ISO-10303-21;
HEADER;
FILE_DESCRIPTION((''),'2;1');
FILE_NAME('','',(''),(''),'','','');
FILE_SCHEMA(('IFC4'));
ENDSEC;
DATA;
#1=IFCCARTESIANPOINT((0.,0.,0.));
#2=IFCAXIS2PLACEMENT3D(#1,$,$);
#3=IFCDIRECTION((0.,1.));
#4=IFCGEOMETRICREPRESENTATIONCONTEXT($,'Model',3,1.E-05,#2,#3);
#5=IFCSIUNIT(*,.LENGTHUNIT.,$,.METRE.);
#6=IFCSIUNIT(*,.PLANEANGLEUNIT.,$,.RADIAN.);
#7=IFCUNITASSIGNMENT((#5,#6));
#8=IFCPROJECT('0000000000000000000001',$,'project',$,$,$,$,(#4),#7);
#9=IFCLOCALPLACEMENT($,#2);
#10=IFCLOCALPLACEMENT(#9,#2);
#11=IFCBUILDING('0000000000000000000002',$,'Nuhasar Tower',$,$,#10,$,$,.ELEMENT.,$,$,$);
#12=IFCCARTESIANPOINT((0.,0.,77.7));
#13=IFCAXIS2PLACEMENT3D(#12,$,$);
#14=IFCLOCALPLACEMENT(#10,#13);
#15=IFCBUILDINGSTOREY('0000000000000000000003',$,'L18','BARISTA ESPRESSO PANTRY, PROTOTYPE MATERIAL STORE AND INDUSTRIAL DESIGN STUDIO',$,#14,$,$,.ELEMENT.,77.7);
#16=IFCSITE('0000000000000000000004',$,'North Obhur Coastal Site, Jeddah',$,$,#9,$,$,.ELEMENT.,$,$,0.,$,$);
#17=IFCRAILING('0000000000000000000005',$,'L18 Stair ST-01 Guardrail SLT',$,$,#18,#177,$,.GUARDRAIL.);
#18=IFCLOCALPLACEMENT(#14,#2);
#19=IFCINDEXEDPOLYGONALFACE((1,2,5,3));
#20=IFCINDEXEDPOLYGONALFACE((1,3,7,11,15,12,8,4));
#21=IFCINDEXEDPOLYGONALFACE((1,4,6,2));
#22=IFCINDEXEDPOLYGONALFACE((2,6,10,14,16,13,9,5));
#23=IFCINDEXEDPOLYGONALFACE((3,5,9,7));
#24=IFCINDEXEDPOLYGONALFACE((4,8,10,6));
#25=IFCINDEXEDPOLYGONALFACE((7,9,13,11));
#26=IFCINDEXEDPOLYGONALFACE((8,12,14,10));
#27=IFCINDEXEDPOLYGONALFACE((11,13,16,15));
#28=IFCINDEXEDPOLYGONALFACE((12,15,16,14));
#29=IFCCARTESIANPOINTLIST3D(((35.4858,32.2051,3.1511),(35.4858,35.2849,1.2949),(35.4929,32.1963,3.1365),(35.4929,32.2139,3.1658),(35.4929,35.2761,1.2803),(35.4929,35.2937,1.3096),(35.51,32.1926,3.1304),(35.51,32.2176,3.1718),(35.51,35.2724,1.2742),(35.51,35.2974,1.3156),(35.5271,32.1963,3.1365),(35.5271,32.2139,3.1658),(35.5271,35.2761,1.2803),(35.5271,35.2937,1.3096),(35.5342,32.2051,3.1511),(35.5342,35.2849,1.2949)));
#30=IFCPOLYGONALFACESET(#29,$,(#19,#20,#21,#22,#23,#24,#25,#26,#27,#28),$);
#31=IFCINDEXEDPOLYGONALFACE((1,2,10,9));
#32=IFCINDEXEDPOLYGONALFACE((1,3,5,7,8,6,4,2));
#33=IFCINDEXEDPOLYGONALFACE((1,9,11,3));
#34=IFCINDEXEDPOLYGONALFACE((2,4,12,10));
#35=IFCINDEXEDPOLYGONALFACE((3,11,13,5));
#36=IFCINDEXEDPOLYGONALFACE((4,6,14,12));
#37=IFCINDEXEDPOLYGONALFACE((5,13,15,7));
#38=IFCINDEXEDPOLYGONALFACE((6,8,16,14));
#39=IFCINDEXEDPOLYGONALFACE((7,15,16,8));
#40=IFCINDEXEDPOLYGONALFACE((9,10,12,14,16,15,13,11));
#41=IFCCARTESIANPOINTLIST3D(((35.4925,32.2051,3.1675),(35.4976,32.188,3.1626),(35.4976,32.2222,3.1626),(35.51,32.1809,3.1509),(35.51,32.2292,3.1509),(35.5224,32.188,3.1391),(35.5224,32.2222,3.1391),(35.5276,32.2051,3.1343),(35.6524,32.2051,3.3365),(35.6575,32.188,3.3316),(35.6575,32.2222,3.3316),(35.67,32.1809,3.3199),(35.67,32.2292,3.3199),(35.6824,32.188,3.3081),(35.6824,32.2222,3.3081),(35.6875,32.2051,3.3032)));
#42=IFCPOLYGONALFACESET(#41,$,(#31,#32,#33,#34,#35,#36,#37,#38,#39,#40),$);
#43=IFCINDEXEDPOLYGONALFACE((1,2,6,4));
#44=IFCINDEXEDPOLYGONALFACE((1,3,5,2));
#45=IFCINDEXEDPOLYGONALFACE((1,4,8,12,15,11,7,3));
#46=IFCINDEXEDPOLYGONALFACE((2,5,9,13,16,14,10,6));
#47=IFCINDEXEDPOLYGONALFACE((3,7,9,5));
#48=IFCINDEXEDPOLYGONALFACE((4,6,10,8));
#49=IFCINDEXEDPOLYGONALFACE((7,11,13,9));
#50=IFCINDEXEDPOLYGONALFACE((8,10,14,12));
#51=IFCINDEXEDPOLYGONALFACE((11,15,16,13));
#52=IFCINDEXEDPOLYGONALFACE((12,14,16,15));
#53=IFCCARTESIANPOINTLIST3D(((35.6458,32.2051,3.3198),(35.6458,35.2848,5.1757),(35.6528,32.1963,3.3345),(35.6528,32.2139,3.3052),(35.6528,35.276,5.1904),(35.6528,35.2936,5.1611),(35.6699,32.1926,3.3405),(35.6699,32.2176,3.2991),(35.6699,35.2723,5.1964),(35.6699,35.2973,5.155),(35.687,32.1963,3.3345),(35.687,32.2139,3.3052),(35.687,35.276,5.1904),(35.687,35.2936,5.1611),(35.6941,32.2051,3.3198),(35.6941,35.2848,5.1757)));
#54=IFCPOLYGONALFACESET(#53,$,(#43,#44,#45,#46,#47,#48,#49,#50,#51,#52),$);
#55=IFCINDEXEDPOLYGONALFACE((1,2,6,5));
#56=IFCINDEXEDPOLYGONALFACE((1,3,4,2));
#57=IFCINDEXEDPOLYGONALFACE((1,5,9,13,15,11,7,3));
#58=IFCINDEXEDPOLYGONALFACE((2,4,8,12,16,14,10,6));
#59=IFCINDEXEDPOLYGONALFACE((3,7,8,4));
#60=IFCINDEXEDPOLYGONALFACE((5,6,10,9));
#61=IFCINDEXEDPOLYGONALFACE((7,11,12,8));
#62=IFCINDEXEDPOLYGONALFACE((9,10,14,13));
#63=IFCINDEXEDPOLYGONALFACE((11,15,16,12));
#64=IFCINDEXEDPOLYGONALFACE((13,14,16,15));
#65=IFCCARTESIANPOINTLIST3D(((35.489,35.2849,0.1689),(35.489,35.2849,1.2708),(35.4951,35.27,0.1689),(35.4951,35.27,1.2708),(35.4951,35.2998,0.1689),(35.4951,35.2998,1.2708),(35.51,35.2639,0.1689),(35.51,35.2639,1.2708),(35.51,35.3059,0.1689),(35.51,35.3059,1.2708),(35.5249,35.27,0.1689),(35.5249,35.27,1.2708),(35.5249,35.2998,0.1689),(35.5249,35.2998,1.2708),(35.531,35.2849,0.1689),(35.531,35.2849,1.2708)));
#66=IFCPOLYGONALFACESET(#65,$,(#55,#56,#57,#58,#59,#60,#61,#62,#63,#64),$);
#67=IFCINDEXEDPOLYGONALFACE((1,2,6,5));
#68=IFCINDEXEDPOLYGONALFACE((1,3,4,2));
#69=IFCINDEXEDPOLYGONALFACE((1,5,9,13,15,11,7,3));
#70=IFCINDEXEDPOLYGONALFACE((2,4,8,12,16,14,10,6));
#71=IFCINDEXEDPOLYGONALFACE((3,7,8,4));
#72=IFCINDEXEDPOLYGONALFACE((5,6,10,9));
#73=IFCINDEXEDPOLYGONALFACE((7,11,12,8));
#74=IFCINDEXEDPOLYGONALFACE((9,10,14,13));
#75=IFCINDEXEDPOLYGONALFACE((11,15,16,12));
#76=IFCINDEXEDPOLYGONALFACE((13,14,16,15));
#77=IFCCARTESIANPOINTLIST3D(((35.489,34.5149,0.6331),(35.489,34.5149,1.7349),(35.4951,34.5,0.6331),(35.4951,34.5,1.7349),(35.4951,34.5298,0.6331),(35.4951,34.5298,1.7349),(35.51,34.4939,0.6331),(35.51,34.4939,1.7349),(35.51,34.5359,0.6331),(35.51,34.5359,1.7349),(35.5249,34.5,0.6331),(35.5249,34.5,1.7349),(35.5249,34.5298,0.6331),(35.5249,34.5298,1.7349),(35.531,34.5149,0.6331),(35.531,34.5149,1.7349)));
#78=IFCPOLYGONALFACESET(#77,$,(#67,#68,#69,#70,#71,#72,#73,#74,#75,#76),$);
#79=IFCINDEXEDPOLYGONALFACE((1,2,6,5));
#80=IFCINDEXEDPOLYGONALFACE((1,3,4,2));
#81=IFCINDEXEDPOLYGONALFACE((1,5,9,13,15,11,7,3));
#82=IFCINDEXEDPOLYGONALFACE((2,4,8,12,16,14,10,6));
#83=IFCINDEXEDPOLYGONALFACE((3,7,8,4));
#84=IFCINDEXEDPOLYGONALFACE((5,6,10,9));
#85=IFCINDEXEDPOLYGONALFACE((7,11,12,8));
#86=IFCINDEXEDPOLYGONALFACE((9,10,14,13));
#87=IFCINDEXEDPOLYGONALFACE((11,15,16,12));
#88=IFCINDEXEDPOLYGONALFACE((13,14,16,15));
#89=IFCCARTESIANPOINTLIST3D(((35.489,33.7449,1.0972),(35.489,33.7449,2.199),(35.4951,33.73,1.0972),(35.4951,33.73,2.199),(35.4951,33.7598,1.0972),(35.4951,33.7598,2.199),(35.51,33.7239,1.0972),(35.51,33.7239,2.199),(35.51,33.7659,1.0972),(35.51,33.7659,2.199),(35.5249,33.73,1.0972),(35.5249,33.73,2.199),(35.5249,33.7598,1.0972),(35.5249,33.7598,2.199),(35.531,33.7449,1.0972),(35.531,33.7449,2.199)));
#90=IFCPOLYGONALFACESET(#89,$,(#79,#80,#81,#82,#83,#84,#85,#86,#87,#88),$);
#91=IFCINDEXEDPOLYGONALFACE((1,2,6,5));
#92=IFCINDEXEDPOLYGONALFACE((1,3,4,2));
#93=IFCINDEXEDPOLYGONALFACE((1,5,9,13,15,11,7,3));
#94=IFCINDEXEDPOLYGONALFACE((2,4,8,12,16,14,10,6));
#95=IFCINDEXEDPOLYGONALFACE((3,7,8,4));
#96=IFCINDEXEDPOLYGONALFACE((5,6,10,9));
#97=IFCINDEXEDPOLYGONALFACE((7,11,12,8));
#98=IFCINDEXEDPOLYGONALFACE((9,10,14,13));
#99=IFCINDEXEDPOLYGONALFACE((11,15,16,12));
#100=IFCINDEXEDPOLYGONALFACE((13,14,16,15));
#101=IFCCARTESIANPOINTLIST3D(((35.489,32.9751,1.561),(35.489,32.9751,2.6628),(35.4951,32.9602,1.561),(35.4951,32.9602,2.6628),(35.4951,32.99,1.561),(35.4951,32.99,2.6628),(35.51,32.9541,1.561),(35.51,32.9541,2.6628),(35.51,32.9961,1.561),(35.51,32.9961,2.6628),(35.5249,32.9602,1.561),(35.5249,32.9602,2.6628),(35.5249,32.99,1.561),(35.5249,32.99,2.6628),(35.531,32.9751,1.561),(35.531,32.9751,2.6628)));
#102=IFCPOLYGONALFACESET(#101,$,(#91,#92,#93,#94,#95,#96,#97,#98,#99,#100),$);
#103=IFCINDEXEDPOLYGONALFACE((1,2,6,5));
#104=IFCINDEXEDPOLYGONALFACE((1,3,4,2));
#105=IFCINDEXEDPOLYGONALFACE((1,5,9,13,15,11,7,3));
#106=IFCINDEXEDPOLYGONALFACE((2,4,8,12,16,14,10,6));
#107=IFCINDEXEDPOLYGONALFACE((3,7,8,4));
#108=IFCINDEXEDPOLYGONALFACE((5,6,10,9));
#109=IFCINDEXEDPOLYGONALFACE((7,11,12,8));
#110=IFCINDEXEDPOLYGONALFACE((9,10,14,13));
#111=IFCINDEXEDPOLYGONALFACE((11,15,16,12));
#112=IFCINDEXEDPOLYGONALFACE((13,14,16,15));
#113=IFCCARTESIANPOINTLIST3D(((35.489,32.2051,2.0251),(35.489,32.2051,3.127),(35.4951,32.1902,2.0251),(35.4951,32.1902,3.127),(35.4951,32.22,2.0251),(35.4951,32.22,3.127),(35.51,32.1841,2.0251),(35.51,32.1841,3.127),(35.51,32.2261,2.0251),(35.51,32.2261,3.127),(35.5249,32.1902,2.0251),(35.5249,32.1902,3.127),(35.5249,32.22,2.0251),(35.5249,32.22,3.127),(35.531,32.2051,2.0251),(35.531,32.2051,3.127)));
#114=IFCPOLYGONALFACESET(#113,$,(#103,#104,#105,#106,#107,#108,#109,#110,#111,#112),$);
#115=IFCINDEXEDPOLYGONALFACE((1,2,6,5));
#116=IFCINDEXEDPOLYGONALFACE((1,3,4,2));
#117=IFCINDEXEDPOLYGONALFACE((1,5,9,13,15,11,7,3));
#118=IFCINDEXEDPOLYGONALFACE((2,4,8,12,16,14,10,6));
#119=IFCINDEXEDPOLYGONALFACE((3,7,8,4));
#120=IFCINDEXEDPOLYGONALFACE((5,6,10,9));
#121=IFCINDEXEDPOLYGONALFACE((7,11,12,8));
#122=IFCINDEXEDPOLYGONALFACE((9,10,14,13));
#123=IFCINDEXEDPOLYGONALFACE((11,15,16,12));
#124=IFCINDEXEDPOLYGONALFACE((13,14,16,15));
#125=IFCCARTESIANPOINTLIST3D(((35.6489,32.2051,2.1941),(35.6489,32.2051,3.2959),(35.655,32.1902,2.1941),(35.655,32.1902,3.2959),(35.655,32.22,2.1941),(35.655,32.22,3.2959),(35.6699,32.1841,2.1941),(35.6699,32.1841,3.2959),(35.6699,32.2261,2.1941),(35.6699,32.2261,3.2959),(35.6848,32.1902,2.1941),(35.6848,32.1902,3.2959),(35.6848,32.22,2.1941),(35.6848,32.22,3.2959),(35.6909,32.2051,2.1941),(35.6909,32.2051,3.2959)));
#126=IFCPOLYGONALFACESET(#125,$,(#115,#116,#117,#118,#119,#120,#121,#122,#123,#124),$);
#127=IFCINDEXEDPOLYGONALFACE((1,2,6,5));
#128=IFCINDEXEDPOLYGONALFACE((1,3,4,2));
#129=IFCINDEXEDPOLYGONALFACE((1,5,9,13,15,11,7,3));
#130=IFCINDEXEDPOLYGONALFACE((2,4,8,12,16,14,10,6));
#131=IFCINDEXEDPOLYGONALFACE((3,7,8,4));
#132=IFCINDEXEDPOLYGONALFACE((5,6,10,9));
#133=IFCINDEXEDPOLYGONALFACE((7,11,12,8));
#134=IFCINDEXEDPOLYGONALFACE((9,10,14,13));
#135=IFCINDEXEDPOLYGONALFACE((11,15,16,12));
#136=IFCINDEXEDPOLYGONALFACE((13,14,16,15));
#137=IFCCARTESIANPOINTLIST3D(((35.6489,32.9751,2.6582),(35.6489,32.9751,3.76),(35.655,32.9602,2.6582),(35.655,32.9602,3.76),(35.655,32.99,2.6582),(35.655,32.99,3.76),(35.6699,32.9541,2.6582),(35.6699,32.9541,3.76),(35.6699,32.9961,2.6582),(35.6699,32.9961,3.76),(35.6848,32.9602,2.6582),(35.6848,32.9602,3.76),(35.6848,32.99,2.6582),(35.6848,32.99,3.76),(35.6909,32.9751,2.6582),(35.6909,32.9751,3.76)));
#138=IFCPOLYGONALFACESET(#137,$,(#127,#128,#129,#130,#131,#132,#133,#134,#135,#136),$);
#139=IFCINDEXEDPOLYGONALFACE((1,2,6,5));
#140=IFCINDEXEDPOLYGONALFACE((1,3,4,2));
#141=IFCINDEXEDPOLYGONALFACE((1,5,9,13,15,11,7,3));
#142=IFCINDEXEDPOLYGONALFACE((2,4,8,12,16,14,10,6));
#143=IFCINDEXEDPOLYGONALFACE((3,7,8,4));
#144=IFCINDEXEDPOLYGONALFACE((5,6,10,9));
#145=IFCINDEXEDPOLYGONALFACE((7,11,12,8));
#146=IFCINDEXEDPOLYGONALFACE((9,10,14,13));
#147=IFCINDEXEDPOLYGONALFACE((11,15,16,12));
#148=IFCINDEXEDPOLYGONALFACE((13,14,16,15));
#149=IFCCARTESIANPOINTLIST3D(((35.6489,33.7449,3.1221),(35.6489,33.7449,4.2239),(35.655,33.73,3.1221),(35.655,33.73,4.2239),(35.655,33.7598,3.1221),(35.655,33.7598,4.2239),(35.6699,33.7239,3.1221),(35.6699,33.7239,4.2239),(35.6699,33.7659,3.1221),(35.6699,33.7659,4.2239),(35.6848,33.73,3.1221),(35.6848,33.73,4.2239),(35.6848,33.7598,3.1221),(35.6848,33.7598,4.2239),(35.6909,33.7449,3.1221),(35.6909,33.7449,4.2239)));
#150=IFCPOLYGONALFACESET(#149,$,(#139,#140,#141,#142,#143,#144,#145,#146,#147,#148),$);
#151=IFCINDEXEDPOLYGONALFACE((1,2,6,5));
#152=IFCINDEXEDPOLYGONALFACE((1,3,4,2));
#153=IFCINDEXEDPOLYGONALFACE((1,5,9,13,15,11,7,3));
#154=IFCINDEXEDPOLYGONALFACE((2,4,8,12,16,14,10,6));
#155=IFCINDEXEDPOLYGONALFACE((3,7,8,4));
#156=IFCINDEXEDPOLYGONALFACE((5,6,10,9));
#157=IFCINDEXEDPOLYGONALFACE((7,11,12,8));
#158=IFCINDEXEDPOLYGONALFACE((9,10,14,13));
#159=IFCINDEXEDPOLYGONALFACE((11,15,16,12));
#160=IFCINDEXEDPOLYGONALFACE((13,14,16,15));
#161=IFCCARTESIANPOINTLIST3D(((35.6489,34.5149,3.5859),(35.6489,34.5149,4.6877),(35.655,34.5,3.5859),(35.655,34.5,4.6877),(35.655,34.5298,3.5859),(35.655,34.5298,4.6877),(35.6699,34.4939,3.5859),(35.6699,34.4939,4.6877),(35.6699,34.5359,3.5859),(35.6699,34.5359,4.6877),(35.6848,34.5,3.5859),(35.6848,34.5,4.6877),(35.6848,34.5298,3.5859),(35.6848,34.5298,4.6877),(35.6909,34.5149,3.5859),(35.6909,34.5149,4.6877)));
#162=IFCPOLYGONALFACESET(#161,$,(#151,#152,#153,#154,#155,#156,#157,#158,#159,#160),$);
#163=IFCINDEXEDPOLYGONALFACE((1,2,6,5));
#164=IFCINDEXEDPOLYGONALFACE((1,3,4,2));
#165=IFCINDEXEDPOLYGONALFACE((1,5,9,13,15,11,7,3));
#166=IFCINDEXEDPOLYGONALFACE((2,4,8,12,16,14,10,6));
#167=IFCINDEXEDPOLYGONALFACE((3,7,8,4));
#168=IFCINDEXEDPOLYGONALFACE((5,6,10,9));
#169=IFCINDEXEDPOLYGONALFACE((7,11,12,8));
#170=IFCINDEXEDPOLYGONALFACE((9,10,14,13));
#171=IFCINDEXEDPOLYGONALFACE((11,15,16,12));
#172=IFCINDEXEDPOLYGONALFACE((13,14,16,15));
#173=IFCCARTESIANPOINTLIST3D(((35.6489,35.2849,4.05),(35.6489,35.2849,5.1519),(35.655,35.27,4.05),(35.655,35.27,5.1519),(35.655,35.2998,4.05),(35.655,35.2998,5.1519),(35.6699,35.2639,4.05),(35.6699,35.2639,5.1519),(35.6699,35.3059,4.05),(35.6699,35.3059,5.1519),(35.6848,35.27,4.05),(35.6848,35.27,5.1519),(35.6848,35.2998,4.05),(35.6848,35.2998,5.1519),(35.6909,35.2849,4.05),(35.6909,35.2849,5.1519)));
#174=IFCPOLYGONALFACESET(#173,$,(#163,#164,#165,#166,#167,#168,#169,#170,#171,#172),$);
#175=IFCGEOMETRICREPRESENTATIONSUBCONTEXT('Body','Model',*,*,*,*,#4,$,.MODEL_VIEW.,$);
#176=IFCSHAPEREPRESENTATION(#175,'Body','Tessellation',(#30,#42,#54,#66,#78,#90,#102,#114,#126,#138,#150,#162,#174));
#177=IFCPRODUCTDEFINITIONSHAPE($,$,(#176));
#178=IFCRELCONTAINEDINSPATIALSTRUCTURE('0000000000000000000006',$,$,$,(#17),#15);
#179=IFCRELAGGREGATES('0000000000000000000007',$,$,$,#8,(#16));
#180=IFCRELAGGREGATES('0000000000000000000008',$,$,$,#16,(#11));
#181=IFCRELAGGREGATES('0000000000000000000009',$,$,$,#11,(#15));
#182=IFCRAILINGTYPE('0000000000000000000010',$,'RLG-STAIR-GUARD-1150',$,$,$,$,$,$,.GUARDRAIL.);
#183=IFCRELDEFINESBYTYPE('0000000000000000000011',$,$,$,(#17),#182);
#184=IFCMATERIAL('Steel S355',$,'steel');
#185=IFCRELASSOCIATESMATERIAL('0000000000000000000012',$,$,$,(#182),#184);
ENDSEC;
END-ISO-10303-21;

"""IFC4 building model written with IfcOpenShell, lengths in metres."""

from ifc_helpers import new_model, si_unit, direction, frame, origin, place, context, subcontext, project, spatial, polyline, outline, extrude, material, type_object, element, save


model = new_model("IFC4")

# Units and contexts
model_context = context("Model", 3, precision=1e-05, world=origin(), true_north=direction((0.0, 1.0)))
body_context = subcontext(model_context, "Body", "Model", "MODEL_VIEW")
ifc_project = project(units=[si_unit("LENGTHUNIT", "METRE"), si_unit("PLANEANGLEUNIT", "RADIAN")], contexts=[model_context])

# Site, building, storey
site_placement = place(None, origin())
site = spatial("IfcSite", under=ifc_project, at=site_placement, Name="North Obhur Coastal Site, Jeddah", CompositionType="ELEMENT", RefElevation=0.0)
building_placement = place(site_placement, origin())
building = spatial("IfcBuilding", under=site, at=building_placement, Name="Nuhasar Tower", CompositionType="ELEMENT")
storey_placement = place(building_placement, frame((0.0, 0.0, 77.7)))
storey = spatial("IfcBuildingStorey", under=building, at=storey_placement, Name="L18", Description="BARISTA ESPRESSO PANTRY, PROTOTYPE MATERIAL STORE AND INDUSTRIAL DESIGN STUDIO", CompositionType="ELEMENT", Elevation=77.7)

# Shared definitions
ifc_material_1 = material(Name="Steel S355", Category="steel")

# Railing
railing_type_1 = type_object("IfcRailingType", Name="RLG-STAIR-GUARD-1150", PredefinedType="GUARDRAIL", material=ifc_material_1)
railing_1_placement = place(storey_placement, frame((35.51, 35.2849, 0.1689)))
element("IfcRailing", 1, at=railing_1_placement, inside=storey, type_object=railing_type_1, Name="L18 Stair ST-01 Guardrail SLT", PredefinedType="GUARDRAIL", context=body_context, shape_type="SweptSolid", body=[
    extrude(outline(polyline([(0.0242, 0.0), (0.0171, 0.0171), (0.0, 0.0242), (-0.0171, 0.0171), (-0.0242, 0.0), (-0.0171, -0.0171), (0.0, -0.0242), (0.0171, -0.0171), (0.0242, 0.0)])), frame((0.0, 0.0, 1.126), z_axis=(0.0, -0.856473, 0.516192), x_axis=(1.0, 0.0, 0.0)), (0.0, 0.0, 1.0), 3.5959),
    extrude(outline(polyline([(0.0242, 0.0), (0.0171, 0.0171), (0.0, 0.0242), (-0.0171, 0.0171), (-0.0242, 0.0), (-0.0171, -0.0171), (0.0, -0.0242), (0.0171, -0.0171), (0.0242, 0.0)])), frame((0.0, -3.0798, 2.9819), z_axis=(0.687424, 0.0, 0.726256), x_axis=(0.0, 1.0, 0.0)), (0.0, 0.0, 1.0), 0.2327),
    extrude(outline(polyline([(0.0242, 0.0), (0.0171, 0.0171), (0.0, 0.0242), (-0.0171, 0.0171), (-0.0242, 0.0), (-0.0171, -0.0171), (0.0, -0.0242), (0.0171, -0.0171), (0.0242, 0.0)])), frame((0.1599, -3.0798, 3.1509), z_axis=(0.0, 0.856503, 0.516142), x_axis=(-1.0, 0.0, 0.0)), (0.0, 0.0, 1.0), 3.5957),
    extrude(outline(polyline([(0.021, 0.0), (0.0149, 0.0149), (0.0, 0.021), (-0.0149, 0.0149), (-0.021, 0.0), (-0.0149, -0.0149), (0.0, -0.021), (0.0149, -0.0149), (0.021, 0.0)])), origin(), (0.0, 0.0, 1.0), 1.1018),
    extrude(outline(polyline([(0.021, 0.0), (0.0149, 0.0149), (0.0, 0.021), (-0.0149, 0.0149), (-0.021, 0.0), (-0.0149, -0.0149), (0.0, -0.021), (0.0149, -0.0149), (0.021, 0.0)])), frame((0.0, -0.77, 0.4641)), (0.0, 0.0, 1.0), 1.1018),
    extrude(outline(polyline([(0.021, 0.0), (0.0149, 0.0149), (0.0, 0.021), (-0.0149, 0.0149), (-0.021, 0.0), (-0.0149, -0.0149), (0.0, -0.021), (0.0149, -0.0149), (0.021, 0.0)])), frame((0.0, -1.54, 0.9282)), (0.0, 0.0, 1.0), 1.1018),
    extrude(outline(polyline([(0.021, 0.0), (0.0149, 0.0149), (0.0, 0.021), (-0.0149, 0.0149), (-0.021, 0.0), (-0.0149, -0.0149), (0.0, -0.021), (0.0149, -0.0149), (0.021, 0.0)])), frame((0.0, -2.3098, 1.3921)), (0.0, 0.0, 1.0), 1.1018),
    extrude(outline(polyline([(0.021, 0.0), (0.0149, 0.0149), (0.0, 0.021), (-0.0149, 0.0149), (-0.021, 0.0), (-0.0149, -0.0149), (0.0, -0.021), (0.0149, -0.0149), (0.021, 0.0)])), frame((0.0, -3.0798, 1.8562)), (0.0, 0.0, 1.0), 1.1018),
    extrude(outline(polyline([(0.021, 0.0), (0.0149, 0.0149), (0.0, 0.021), (-0.0149, 0.0149), (-0.021, 0.0), (-0.0149, -0.0149), (0.0, -0.021), (0.0149, -0.0149), (0.021, 0.0)])), frame((0.1599, -3.0798, 2.0251)), (0.0, 0.0, 1.0), 1.1018),
    extrude(outline(polyline([(0.021, 0.0), (0.0149, 0.0149), (0.0, 0.021), (-0.0149, 0.0149), (-0.021, 0.0), (-0.0149, -0.0149), (0.0, -0.021), (0.0149, -0.0149), (0.021, 0.0)])), frame((0.1599, -2.3098, 2.4893)), (0.0, 0.0, 1.0), 1.1018),
    extrude(outline(polyline([(0.021, 0.0), (0.0149, 0.0149), (0.0, 0.021), (-0.0149, 0.0149), (-0.021, 0.0), (-0.0149, -0.0149), (0.0, -0.021), (0.0149, -0.0149), (0.021, 0.0)])), frame((0.1599, -1.54, 2.9531)), (0.0, 0.0, 1.0), 1.1018),
    extrude(outline(polyline([(0.021, 0.0), (0.0149, 0.0149), (0.0, 0.021), (-0.0149, 0.0149), (-0.021, 0.0), (-0.0149, -0.0149), (0.0, -0.021), (0.0149, -0.0149), (0.021, 0.0)])), frame((0.1599, -0.77, 3.417)), (0.0, 0.0, 1.0), 1.1018),
    extrude(outline(polyline([(0.021, 0.0), (0.0149, 0.0149), (0.0, 0.021), (-0.0149, 0.0149), (-0.021, 0.0), (-0.0149, -0.0149), (0.0, -0.021), (0.0149, -0.0149), (0.021, 0.0)])), frame((0.1599, 0.0, 3.8811)), (0.0, 0.0, 1.0), 1.1018),
])

save(model, "model.ifc")
